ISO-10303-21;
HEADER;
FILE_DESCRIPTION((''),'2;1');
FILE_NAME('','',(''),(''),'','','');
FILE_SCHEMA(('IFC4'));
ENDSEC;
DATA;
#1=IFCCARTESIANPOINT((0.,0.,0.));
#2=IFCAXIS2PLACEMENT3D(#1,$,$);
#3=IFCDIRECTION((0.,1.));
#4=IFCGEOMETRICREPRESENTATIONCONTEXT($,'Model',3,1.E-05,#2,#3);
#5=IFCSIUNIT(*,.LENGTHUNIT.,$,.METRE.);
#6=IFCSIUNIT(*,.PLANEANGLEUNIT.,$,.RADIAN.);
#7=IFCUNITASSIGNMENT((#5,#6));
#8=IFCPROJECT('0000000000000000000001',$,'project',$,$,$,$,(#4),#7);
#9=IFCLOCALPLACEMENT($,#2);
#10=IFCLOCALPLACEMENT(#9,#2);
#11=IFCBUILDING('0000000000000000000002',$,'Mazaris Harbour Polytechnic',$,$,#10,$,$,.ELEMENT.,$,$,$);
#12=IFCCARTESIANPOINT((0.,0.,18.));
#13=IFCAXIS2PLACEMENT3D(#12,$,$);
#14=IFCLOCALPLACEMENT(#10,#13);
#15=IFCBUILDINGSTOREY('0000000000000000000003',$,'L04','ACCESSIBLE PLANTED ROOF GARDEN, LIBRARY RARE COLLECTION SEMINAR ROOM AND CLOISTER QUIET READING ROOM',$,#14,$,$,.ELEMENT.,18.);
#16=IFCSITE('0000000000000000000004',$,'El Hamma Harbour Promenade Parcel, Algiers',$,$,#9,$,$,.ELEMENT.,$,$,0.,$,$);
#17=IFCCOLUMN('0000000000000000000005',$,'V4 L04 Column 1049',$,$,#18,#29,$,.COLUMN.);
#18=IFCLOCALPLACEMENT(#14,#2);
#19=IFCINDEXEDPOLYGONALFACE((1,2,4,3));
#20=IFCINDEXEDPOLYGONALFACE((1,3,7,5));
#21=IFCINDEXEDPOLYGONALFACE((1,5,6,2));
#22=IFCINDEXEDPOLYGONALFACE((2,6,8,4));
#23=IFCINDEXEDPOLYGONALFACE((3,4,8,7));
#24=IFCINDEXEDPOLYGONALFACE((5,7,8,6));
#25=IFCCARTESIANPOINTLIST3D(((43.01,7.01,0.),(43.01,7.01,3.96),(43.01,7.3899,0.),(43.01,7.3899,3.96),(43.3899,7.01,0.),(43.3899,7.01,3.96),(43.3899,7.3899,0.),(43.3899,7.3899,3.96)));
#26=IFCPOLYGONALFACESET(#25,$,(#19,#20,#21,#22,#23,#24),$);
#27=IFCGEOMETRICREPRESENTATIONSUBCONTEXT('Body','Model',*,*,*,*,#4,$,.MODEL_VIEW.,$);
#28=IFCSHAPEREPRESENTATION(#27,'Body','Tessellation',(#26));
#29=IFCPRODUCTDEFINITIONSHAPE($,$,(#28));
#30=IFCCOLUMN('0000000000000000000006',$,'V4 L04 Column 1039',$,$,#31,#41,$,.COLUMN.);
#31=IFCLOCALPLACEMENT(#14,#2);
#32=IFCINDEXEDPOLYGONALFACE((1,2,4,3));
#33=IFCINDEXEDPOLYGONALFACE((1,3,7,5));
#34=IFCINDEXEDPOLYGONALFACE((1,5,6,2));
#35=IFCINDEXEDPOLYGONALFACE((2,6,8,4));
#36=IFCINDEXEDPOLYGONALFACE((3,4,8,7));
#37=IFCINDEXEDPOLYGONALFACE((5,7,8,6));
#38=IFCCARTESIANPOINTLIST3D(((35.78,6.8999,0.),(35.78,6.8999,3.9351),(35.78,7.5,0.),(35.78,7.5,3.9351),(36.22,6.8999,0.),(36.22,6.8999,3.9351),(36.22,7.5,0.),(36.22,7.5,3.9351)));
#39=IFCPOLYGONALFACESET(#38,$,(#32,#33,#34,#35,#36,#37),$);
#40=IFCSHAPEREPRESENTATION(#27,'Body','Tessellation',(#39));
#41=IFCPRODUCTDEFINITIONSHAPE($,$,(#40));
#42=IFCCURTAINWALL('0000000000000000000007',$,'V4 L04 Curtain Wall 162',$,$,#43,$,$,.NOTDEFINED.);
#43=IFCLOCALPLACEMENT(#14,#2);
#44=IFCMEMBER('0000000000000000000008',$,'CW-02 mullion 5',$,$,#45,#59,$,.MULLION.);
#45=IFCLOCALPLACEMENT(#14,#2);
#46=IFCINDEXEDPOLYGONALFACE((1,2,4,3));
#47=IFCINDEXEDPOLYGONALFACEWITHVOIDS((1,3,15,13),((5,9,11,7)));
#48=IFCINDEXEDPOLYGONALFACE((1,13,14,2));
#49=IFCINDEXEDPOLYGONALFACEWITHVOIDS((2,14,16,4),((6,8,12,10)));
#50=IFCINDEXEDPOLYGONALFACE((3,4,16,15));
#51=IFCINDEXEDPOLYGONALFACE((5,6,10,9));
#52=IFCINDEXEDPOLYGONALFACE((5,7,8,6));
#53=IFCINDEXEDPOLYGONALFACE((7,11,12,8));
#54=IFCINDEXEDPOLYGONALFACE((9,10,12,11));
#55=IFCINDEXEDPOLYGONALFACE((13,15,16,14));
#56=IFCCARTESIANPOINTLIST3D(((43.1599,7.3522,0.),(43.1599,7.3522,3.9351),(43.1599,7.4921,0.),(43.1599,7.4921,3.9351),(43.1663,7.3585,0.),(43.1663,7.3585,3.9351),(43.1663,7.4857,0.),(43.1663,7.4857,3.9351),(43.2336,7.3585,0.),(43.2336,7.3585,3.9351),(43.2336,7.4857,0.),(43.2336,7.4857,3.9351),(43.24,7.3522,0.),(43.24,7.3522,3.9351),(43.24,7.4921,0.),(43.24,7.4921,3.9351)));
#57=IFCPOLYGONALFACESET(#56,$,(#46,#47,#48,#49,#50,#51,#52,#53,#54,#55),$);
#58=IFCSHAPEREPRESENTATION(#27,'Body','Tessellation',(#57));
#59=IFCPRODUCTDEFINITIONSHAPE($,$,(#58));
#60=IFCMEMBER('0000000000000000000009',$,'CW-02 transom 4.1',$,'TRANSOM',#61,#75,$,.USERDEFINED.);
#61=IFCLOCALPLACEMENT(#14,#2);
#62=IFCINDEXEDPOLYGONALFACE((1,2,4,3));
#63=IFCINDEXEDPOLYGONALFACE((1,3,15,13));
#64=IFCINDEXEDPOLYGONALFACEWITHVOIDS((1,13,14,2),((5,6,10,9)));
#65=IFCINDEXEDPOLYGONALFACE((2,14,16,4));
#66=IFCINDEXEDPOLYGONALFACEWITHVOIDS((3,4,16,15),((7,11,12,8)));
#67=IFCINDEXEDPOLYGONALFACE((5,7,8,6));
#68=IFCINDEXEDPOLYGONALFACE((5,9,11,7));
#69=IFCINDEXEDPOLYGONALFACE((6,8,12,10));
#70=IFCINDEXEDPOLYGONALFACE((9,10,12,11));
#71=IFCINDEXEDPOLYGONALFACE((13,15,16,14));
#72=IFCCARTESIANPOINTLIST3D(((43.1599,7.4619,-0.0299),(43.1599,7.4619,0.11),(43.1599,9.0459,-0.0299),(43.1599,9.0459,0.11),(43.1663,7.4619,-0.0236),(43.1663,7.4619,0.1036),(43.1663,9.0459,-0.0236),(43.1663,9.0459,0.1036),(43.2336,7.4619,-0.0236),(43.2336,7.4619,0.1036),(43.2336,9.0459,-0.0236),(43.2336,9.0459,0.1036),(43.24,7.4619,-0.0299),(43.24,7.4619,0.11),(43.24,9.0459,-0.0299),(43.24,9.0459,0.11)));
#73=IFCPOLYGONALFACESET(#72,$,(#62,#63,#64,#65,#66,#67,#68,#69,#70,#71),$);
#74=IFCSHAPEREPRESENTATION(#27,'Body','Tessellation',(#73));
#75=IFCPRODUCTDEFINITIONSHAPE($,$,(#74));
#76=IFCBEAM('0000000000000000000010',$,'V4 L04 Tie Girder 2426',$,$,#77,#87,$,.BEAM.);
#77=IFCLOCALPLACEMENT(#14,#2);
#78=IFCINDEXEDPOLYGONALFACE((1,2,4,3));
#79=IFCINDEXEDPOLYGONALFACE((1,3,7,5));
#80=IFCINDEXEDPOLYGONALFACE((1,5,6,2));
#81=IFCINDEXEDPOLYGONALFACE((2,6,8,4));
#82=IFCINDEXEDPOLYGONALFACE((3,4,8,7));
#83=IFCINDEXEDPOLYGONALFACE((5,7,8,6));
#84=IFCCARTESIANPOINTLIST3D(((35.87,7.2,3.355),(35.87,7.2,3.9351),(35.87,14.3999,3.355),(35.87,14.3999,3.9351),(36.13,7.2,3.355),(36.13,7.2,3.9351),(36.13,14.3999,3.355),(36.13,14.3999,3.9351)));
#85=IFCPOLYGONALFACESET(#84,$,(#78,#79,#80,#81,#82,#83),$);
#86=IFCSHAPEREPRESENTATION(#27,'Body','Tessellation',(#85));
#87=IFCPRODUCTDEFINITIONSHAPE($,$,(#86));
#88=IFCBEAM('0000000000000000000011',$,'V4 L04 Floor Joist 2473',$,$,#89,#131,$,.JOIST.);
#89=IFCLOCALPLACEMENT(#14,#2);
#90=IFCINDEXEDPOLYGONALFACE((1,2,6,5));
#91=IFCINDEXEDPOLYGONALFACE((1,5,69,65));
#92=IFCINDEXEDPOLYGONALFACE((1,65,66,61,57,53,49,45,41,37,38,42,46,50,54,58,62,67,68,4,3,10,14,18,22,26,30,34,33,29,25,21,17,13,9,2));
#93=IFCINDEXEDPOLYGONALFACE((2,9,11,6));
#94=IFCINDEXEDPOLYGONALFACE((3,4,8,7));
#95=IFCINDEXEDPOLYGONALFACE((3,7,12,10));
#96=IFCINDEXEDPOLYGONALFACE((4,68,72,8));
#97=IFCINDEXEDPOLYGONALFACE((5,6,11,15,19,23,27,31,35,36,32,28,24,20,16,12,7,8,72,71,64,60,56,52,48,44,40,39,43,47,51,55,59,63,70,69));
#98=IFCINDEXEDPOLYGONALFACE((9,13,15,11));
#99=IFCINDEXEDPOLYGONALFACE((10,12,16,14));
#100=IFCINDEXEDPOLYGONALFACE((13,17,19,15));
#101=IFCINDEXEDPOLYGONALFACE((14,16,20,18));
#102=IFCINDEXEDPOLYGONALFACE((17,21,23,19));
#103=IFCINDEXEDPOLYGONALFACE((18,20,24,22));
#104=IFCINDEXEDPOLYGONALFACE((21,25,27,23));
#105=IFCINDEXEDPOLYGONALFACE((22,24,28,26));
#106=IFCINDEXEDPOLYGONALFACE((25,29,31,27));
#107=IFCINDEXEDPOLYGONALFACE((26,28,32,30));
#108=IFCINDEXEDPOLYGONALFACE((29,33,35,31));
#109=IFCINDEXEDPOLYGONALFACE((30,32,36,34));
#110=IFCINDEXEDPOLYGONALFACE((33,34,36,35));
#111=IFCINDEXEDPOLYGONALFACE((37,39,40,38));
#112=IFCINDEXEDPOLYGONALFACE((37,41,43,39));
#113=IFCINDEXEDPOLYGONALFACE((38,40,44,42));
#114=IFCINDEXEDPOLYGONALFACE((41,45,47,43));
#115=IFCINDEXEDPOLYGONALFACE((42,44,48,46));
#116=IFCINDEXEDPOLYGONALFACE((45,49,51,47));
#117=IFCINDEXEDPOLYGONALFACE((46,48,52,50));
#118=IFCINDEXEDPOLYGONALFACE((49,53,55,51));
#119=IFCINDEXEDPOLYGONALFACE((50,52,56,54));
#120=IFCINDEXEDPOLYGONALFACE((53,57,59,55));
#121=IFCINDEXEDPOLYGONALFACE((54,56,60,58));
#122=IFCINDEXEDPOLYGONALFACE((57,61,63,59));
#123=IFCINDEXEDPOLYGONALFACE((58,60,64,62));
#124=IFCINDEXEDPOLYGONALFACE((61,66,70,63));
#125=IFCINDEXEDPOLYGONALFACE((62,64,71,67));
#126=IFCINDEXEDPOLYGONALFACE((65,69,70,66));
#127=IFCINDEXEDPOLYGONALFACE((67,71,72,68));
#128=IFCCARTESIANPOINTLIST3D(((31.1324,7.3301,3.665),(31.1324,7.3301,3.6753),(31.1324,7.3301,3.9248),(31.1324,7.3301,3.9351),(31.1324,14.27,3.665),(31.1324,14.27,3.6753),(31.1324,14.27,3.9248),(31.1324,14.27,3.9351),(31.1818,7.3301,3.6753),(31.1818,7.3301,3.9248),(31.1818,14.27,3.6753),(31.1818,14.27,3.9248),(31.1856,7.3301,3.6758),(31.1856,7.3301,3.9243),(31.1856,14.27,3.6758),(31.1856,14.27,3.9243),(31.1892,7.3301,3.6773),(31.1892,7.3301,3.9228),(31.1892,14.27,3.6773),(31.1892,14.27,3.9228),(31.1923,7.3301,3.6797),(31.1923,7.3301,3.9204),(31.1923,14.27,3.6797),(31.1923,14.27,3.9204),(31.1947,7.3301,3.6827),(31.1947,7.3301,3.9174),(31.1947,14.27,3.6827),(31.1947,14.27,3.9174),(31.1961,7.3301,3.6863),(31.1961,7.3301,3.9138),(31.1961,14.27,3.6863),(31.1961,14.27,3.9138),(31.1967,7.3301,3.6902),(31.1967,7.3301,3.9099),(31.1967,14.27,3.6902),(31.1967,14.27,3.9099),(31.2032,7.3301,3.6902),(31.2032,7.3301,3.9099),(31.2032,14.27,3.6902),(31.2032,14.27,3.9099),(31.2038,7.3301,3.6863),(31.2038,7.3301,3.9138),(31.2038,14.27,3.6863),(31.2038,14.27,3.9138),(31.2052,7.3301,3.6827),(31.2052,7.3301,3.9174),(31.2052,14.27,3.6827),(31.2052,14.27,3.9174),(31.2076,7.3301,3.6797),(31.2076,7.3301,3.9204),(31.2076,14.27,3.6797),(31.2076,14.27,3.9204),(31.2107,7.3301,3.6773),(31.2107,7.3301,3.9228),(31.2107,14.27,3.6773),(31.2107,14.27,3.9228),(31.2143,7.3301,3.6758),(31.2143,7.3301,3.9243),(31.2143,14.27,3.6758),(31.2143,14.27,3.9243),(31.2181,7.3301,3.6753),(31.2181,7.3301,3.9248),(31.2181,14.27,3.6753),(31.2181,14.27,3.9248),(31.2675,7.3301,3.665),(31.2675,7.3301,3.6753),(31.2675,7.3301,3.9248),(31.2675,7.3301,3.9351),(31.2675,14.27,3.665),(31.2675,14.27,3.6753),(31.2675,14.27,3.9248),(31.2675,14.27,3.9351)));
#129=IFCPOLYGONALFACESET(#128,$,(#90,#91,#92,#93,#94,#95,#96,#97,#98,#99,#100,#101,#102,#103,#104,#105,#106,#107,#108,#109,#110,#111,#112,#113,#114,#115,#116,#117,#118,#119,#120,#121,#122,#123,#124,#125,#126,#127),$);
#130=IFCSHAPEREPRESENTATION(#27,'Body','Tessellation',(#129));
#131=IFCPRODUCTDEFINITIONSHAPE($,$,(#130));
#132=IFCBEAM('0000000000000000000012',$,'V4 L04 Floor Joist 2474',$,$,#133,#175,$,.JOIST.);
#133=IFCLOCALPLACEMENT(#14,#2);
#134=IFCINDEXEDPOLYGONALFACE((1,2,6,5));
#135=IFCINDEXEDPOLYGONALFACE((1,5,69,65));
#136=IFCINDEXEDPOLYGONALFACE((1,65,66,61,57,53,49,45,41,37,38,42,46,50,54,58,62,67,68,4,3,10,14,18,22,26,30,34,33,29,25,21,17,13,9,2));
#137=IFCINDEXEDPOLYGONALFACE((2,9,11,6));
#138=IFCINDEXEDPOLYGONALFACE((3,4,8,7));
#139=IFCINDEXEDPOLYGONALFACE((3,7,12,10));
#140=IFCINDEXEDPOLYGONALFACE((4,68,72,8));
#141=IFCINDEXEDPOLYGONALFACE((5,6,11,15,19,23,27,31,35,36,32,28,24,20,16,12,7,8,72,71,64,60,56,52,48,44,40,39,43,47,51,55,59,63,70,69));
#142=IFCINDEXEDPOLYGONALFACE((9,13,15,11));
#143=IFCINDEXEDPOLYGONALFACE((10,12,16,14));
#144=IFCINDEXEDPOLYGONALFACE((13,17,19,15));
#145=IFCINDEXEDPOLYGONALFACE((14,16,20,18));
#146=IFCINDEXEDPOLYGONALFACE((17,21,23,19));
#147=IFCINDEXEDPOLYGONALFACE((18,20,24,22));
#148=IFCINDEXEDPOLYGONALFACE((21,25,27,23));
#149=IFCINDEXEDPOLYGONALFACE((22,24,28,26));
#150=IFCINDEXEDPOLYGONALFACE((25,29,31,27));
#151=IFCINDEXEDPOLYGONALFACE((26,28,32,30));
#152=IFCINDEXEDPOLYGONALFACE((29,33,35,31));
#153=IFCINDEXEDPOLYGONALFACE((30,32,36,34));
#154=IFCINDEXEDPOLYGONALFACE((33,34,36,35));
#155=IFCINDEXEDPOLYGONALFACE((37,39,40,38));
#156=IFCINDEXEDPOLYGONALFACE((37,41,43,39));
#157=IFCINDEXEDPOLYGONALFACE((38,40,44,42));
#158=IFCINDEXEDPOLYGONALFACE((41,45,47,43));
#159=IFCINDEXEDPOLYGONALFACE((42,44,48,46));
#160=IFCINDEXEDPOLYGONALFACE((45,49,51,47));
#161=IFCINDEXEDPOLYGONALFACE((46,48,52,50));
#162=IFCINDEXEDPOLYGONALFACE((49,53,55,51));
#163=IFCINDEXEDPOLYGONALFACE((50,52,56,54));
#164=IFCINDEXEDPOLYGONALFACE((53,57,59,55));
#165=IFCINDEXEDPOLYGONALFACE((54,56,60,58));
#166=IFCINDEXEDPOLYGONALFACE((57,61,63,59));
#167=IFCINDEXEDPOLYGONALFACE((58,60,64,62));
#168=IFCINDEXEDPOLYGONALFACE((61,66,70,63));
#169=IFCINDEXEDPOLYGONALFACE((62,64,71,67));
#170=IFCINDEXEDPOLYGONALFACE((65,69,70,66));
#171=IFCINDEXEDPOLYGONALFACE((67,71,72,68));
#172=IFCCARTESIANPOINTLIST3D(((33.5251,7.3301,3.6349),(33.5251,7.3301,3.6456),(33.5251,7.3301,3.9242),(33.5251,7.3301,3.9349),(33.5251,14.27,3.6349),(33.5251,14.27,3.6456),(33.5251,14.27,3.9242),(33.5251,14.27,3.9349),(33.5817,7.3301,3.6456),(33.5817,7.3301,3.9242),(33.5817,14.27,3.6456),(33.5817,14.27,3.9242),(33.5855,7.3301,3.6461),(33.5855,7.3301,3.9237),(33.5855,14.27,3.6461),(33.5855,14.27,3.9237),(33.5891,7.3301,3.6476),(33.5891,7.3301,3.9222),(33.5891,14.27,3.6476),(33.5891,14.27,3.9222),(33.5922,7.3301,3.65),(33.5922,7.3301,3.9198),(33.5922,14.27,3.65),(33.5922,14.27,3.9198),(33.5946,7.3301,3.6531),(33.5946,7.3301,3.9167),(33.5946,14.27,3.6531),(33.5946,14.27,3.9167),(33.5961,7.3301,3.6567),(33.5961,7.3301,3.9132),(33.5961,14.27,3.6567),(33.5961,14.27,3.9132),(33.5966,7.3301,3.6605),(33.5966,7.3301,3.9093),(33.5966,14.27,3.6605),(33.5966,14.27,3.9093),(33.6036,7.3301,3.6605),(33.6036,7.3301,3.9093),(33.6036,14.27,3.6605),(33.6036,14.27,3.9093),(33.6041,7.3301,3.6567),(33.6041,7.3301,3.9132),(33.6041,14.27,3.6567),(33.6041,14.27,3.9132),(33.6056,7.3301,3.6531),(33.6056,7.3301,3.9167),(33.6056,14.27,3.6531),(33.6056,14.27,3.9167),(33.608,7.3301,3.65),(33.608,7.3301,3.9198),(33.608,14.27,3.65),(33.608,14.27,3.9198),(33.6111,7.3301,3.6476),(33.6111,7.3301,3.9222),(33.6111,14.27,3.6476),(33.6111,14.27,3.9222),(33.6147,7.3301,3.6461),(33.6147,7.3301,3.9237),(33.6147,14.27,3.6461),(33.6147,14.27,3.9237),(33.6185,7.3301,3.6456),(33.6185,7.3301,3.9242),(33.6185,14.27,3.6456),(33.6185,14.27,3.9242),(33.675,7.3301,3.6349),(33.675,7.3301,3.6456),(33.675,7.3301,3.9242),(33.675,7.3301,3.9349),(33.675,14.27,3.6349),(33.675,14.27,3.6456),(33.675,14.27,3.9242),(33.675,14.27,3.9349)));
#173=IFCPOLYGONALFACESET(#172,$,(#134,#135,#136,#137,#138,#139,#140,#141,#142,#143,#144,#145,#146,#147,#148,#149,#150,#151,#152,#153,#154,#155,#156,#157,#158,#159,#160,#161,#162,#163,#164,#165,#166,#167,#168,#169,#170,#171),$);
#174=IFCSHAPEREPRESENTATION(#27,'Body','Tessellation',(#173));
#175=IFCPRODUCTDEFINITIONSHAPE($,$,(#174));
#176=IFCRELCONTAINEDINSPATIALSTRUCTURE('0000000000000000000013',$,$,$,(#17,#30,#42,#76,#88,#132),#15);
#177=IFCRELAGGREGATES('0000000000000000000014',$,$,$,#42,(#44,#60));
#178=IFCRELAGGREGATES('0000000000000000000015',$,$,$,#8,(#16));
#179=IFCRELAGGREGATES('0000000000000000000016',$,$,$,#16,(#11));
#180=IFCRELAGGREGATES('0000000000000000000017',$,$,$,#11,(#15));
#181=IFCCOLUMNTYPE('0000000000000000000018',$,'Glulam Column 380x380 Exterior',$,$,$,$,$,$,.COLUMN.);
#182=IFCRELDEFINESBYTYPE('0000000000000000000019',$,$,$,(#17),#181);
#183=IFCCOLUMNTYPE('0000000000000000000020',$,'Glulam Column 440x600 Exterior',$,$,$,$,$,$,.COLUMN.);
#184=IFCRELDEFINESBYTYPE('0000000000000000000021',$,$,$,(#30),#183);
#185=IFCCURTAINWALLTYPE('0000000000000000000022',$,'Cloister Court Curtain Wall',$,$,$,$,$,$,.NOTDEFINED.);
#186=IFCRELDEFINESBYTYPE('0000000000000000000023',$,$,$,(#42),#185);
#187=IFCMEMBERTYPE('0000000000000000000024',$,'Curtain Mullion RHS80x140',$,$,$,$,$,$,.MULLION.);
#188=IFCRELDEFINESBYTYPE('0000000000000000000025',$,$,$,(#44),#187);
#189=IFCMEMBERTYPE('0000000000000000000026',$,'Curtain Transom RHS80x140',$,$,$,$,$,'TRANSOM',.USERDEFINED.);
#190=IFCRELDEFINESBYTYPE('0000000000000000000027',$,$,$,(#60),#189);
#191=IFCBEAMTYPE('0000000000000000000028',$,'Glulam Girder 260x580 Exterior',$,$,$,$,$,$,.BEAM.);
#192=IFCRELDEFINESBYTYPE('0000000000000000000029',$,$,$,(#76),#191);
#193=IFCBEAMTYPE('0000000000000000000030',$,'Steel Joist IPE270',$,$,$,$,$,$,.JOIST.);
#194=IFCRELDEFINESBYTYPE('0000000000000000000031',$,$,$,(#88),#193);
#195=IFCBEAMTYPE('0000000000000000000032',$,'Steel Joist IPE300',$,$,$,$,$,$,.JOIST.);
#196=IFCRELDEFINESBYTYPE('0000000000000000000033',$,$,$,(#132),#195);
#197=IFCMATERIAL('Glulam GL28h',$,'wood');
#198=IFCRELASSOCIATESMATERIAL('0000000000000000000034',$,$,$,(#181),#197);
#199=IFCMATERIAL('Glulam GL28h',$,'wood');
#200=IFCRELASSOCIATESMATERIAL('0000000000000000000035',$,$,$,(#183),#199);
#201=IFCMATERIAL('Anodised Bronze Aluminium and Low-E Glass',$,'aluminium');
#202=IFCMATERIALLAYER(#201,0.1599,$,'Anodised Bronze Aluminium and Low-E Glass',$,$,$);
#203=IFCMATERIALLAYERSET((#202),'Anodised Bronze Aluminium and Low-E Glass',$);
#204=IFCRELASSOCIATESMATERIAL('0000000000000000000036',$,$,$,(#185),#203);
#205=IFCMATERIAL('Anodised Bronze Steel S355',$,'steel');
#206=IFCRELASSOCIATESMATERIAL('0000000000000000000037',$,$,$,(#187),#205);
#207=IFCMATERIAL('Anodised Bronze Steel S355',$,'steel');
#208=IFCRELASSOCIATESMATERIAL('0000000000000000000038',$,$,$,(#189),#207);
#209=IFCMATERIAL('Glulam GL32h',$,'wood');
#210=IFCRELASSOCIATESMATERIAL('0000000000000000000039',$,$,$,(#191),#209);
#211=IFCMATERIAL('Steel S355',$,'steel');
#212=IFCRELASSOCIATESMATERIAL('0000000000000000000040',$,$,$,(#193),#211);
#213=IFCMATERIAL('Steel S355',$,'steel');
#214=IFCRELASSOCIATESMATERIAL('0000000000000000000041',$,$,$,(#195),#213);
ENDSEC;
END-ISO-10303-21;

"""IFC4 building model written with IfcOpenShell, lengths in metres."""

from ifc_helpers import new_model, si_unit, direction, frame, origin, origin_2d, place, context, subcontext, project, spatial, rectangle, hollow_rectangle, i_section, extrude, material, layer, layer_set, material_profile, profile_set, type_object, element, aggregate, save


model = new_model("IFC4")

# Units and contexts
model_context = context("Model", 3, precision=1e-05, world=origin(), true_north=direction((0.0, 1.0)))
body_context = subcontext(model_context, "Body", "Model", "MODEL_VIEW")
ifc_project = project(units=[si_unit("LENGTHUNIT", "METRE"), si_unit("PLANEANGLEUNIT", "RADIAN")], contexts=[model_context])

# Site, building, storey
site_placement = place(None, origin())
site = spatial("IfcSite", under=ifc_project, at=site_placement, Name="El Hamma Harbour Promenade Parcel, Algiers", CompositionType="ELEMENT", RefElevation=0.0)
building_placement = place(site_placement, origin())
building = spatial("IfcBuilding", under=site, at=building_placement, Name="Mazaris Harbour Polytechnic", CompositionType="ELEMENT")
storey_placement = place(building_placement, frame((0.0, 0.0, 18.0)))
storey = spatial("IfcBuildingStorey", under=building, at=storey_placement, Name="L04", Description="ACCESSIBLE PLANTED ROOF GARDEN, LIBRARY RARE COLLECTION SEMINAR ROOM AND CLOISTER QUIET READING ROOM", CompositionType="ELEMENT", Elevation=18.0)

# Columns
ifc_material_1 = material(Name="Glulam GL28h", Category="wood")
ifc_material_profile_1 = material_profile(ifc_material_1, rectangle(XDim=0.3799, YDim=0.3799, at=origin_2d()), Name="RECT380x380")
ifc_profile_set_1 = profile_set([ifc_material_profile_1], Name="Glulam GL28h")
column_type_1 = type_object("IfcColumnType", Name="Glulam Column 380x380 Exterior", PredefinedType="COLUMN", material=ifc_profile_set_1)
column_1_placement = place(storey_placement, frame((43.2, 7.2, 0.0), z_axis=(0.0, 0.0, 1.0), x_axis=(1.0, 0.0, 0.0)))
element("IfcColumn", 1, at=column_1_placement, inside=storey, type_object=column_type_1, Name="V4 L04 Column 1049", PredefinedType="COLUMN", context=body_context, shape_type="SweptSolid", body=[
    extrude(rectangle(XDim=0.3799, YDim=0.3799, at=origin_2d()), origin(), (0.0, 0.0, 1.0), 3.96),
])
ifc_material_2 = material(Name="Glulam GL28h", Category="wood")
ifc_material_profile_2 = material_profile(ifc_material_2, rectangle(XDim=0.4399, YDim=0.6001, at=origin_2d()), Name="RECT440x600")
ifc_profile_set_2 = profile_set([ifc_material_profile_2], Name="Glulam GL28h")
column_type_2 = type_object("IfcColumnType", Name="Glulam Column 440x600 Exterior", PredefinedType="COLUMN", material=ifc_profile_set_2)
column_2_placement = place(storey_placement, frame((36.0, 7.2, 0.0), z_axis=(0.0, 0.0, 1.0), x_axis=(1.0, 0.0, 0.0)))
element("IfcColumn", 2, at=column_2_placement, inside=storey, type_object=column_type_2, Name="V4 L04 Column 1039", PredefinedType="COLUMN", context=body_context, shape_type="SweptSolid", body=[
    extrude(rectangle(XDim=0.4399, YDim=0.6001, at=origin_2d()), origin(), (0.0, 0.0, 1.0), 3.9351),
])

# Curtain wall, members
ifc_material_3 = material(Name="Anodised Bronze Aluminium and Low-E Glass", Category="aluminium")
ifc_layer_1 = layer(ifc_material_3, 0.1599, Name="Anodised Bronze Aluminium and Low-E Glass")
ifc_layer_set_1 = layer_set([ifc_layer_1], Name="Anodised Bronze Aluminium and Low-E Glass")
curtain_wall_type = type_object("IfcCurtainWallType", Name="Cloister Court Curtain Wall", PredefinedType="NOTDEFINED", material=ifc_layer_set_1)
curtain_wall_placement = place(storey_placement, origin())
curtain_wall = element("IfcCurtainWall", 3, at=curtain_wall_placement, inside=storey, type_object=curtain_wall_type, Name="V4 L04 Curtain Wall 162", PredefinedType="NOTDEFINED")
ifc_material_4 = material(Name="Anodised Bronze Steel S355", Category="steel")
ifc_material_profile_3 = material_profile(ifc_material_4, hollow_rectangle(XDim=0.0801, YDim=0.1399, WallThickness=0.0063, at=origin_2d()), Name="RHS 80x140x6.3")
ifc_profile_set_3 = profile_set([ifc_material_profile_3], Name="Anodised Bronze Steel S355")
member_type_1 = type_object("IfcMemberType", Name="Curtain Mullion RHS80x140", PredefinedType="MULLION", material=ifc_profile_set_3)
member_1_placement = place(storey_placement, frame((43.2, 7.4221, 0.0), z_axis=(0.0, 0.0, 1.0), x_axis=(1.0, 0.0, 0.0)))
member_1 = element("IfcMember", 4, at=member_1_placement, type_object=member_type_1, Name="CW-02 mullion 5", PredefinedType="MULLION", context=body_context, shape_type="SweptSolid", body=[
    extrude(hollow_rectangle(XDim=0.0801, YDim=0.1399, WallThickness=0.0063, at=origin_2d()), origin(), (0.0, 0.0, 1.0), 3.9351),
])
ifc_material_5 = material(Name="Anodised Bronze Steel S355", Category="steel")
ifc_material_profile_4 = material_profile(ifc_material_5, hollow_rectangle(XDim=0.0801, YDim=0.1399, WallThickness=0.0063, at=origin_2d()), Name="RHS 80x140x6.3")
ifc_profile_set_4 = profile_set([ifc_material_profile_4], Name="Anodised Bronze Steel S355")
member_type_2 = type_object("IfcMemberType", Name="Curtain Transom RHS80x140", ElementType="TRANSOM", PredefinedType="USERDEFINED", material=ifc_profile_set_4)
member_2_placement = place(storey_placement, frame((43.2, 9.0459, 0.04), z_axis=(0.0, -1.0, 0.0), x_axis=(1.0, 0.0, 0.0)))
member_2 = element("IfcMember", 5, at=member_2_placement, type_object=member_type_2, Name="CW-02 transom 4.1", ObjectType="TRANSOM", PredefinedType="USERDEFINED", context=body_context, shape_type="SweptSolid", body=[
    extrude(hollow_rectangle(XDim=0.0801, YDim=0.1399, WallThickness=0.0063, at=origin_2d()), origin(), (0.0, 0.0, 1.0), 1.584),
])

# Beams
ifc_material_6 = material(Name="Glulam GL32h", Category="wood")
ifc_material_profile_5 = material_profile(ifc_material_6, rectangle(XDim=0.26, YDim=0.5801, at=origin_2d()), Name="RECT260x580")
ifc_profile_set_5 = profile_set([ifc_material_profile_5], Name="Glulam GL32h")
beam_type_1 = type_object("IfcBeamType", Name="Glulam Girder 260x580 Exterior", PredefinedType="BEAM", material=ifc_profile_set_5)
beam_1_placement = place(storey_placement, frame((36.0, 7.2, 3.645), z_axis=(0.0, 1.0, 0.0), x_axis=(-1.0, 0.0, 0.0)))
element("IfcBeam", 6, at=beam_1_placement, inside=storey, type_object=beam_type_1, Name="V4 L04 Tie Girder 2426", PredefinedType="BEAM", context=body_context, shape_type="SweptSolid", body=[
    extrude(rectangle(XDim=0.26, YDim=0.5801, at=origin_2d()), origin(), (0.0, 0.0, 1.0), 7.2),
])
ifc_material_7 = material(Name="Steel S355", Category="steel")
ifc_material_profile_6 = material_profile(ifc_material_7, i_section(OverallWidth=0.135, OverallDepth=0.27, WebThickness=0.0066, FlangeThickness=0.0103, FilletRadius=0.0149, at=origin_2d()), Name="IPE 270")
ifc_profile_set_6 = profile_set([ifc_material_profile_6], Name="Steel S355")
beam_type_2 = type_object("IfcBeamType", Name="Steel Joist IPE270", PredefinedType="JOIST", material=ifc_profile_set_6)
beam_2_placement = place(storey_placement, frame((31.2, 7.3301, 3.8), z_axis=(0.0, 1.0, 0.0), x_axis=(-1.0, 0.0, 0.0)))
element("IfcBeam", 7, at=beam_2_placement, inside=storey, type_object=beam_type_2, Name="V4 L04 Floor Joist 2473", PredefinedType="JOIST", context=body_context, shape_type="SweptSolid", body=[
    extrude(i_section(OverallWidth=0.135, OverallDepth=0.27, WebThickness=0.0066, FlangeThickness=0.0103, FilletRadius=0.0149, at=origin_2d()), origin(), (0.0, 0.0, 1.0), 6.9399),
])
ifc_material_8 = material(Name="Steel S355", Category="steel")
ifc_material_profile_7 = material_profile(ifc_material_8, i_section(OverallWidth=0.1499, OverallDepth=0.3, WebThickness=0.0071, FlangeThickness=0.0107, FilletRadius=0.0149, at=origin_2d()), Name="IPE 300")
ifc_profile_set_7 = profile_set([ifc_material_profile_7], Name="Steel S355")
beam_type_3 = type_object("IfcBeamType", Name="Steel Joist IPE300", PredefinedType="JOIST", material=ifc_profile_set_7)
beam_3_placement = place(storey_placement, frame((33.6001, 7.3301, 3.7849), z_axis=(0.0, 1.0, 0.0), x_axis=(-1.0, 0.0, 0.0)))
element("IfcBeam", 8, at=beam_3_placement, inside=storey, type_object=beam_type_3, Name="V4 L04 Floor Joist 2474", PredefinedType="JOIST", context=body_context, shape_type="SweptSolid", body=[
    extrude(i_section(OverallWidth=0.1499, OverallDepth=0.3, WebThickness=0.0071, FlangeThickness=0.0107, FilletRadius=0.0149, at=origin_2d()), origin(), (0.0, 0.0, 1.0), 6.9399),
])

aggregate(curtain_wall, [member_1, member_2])

save(model, "model.ifc")
